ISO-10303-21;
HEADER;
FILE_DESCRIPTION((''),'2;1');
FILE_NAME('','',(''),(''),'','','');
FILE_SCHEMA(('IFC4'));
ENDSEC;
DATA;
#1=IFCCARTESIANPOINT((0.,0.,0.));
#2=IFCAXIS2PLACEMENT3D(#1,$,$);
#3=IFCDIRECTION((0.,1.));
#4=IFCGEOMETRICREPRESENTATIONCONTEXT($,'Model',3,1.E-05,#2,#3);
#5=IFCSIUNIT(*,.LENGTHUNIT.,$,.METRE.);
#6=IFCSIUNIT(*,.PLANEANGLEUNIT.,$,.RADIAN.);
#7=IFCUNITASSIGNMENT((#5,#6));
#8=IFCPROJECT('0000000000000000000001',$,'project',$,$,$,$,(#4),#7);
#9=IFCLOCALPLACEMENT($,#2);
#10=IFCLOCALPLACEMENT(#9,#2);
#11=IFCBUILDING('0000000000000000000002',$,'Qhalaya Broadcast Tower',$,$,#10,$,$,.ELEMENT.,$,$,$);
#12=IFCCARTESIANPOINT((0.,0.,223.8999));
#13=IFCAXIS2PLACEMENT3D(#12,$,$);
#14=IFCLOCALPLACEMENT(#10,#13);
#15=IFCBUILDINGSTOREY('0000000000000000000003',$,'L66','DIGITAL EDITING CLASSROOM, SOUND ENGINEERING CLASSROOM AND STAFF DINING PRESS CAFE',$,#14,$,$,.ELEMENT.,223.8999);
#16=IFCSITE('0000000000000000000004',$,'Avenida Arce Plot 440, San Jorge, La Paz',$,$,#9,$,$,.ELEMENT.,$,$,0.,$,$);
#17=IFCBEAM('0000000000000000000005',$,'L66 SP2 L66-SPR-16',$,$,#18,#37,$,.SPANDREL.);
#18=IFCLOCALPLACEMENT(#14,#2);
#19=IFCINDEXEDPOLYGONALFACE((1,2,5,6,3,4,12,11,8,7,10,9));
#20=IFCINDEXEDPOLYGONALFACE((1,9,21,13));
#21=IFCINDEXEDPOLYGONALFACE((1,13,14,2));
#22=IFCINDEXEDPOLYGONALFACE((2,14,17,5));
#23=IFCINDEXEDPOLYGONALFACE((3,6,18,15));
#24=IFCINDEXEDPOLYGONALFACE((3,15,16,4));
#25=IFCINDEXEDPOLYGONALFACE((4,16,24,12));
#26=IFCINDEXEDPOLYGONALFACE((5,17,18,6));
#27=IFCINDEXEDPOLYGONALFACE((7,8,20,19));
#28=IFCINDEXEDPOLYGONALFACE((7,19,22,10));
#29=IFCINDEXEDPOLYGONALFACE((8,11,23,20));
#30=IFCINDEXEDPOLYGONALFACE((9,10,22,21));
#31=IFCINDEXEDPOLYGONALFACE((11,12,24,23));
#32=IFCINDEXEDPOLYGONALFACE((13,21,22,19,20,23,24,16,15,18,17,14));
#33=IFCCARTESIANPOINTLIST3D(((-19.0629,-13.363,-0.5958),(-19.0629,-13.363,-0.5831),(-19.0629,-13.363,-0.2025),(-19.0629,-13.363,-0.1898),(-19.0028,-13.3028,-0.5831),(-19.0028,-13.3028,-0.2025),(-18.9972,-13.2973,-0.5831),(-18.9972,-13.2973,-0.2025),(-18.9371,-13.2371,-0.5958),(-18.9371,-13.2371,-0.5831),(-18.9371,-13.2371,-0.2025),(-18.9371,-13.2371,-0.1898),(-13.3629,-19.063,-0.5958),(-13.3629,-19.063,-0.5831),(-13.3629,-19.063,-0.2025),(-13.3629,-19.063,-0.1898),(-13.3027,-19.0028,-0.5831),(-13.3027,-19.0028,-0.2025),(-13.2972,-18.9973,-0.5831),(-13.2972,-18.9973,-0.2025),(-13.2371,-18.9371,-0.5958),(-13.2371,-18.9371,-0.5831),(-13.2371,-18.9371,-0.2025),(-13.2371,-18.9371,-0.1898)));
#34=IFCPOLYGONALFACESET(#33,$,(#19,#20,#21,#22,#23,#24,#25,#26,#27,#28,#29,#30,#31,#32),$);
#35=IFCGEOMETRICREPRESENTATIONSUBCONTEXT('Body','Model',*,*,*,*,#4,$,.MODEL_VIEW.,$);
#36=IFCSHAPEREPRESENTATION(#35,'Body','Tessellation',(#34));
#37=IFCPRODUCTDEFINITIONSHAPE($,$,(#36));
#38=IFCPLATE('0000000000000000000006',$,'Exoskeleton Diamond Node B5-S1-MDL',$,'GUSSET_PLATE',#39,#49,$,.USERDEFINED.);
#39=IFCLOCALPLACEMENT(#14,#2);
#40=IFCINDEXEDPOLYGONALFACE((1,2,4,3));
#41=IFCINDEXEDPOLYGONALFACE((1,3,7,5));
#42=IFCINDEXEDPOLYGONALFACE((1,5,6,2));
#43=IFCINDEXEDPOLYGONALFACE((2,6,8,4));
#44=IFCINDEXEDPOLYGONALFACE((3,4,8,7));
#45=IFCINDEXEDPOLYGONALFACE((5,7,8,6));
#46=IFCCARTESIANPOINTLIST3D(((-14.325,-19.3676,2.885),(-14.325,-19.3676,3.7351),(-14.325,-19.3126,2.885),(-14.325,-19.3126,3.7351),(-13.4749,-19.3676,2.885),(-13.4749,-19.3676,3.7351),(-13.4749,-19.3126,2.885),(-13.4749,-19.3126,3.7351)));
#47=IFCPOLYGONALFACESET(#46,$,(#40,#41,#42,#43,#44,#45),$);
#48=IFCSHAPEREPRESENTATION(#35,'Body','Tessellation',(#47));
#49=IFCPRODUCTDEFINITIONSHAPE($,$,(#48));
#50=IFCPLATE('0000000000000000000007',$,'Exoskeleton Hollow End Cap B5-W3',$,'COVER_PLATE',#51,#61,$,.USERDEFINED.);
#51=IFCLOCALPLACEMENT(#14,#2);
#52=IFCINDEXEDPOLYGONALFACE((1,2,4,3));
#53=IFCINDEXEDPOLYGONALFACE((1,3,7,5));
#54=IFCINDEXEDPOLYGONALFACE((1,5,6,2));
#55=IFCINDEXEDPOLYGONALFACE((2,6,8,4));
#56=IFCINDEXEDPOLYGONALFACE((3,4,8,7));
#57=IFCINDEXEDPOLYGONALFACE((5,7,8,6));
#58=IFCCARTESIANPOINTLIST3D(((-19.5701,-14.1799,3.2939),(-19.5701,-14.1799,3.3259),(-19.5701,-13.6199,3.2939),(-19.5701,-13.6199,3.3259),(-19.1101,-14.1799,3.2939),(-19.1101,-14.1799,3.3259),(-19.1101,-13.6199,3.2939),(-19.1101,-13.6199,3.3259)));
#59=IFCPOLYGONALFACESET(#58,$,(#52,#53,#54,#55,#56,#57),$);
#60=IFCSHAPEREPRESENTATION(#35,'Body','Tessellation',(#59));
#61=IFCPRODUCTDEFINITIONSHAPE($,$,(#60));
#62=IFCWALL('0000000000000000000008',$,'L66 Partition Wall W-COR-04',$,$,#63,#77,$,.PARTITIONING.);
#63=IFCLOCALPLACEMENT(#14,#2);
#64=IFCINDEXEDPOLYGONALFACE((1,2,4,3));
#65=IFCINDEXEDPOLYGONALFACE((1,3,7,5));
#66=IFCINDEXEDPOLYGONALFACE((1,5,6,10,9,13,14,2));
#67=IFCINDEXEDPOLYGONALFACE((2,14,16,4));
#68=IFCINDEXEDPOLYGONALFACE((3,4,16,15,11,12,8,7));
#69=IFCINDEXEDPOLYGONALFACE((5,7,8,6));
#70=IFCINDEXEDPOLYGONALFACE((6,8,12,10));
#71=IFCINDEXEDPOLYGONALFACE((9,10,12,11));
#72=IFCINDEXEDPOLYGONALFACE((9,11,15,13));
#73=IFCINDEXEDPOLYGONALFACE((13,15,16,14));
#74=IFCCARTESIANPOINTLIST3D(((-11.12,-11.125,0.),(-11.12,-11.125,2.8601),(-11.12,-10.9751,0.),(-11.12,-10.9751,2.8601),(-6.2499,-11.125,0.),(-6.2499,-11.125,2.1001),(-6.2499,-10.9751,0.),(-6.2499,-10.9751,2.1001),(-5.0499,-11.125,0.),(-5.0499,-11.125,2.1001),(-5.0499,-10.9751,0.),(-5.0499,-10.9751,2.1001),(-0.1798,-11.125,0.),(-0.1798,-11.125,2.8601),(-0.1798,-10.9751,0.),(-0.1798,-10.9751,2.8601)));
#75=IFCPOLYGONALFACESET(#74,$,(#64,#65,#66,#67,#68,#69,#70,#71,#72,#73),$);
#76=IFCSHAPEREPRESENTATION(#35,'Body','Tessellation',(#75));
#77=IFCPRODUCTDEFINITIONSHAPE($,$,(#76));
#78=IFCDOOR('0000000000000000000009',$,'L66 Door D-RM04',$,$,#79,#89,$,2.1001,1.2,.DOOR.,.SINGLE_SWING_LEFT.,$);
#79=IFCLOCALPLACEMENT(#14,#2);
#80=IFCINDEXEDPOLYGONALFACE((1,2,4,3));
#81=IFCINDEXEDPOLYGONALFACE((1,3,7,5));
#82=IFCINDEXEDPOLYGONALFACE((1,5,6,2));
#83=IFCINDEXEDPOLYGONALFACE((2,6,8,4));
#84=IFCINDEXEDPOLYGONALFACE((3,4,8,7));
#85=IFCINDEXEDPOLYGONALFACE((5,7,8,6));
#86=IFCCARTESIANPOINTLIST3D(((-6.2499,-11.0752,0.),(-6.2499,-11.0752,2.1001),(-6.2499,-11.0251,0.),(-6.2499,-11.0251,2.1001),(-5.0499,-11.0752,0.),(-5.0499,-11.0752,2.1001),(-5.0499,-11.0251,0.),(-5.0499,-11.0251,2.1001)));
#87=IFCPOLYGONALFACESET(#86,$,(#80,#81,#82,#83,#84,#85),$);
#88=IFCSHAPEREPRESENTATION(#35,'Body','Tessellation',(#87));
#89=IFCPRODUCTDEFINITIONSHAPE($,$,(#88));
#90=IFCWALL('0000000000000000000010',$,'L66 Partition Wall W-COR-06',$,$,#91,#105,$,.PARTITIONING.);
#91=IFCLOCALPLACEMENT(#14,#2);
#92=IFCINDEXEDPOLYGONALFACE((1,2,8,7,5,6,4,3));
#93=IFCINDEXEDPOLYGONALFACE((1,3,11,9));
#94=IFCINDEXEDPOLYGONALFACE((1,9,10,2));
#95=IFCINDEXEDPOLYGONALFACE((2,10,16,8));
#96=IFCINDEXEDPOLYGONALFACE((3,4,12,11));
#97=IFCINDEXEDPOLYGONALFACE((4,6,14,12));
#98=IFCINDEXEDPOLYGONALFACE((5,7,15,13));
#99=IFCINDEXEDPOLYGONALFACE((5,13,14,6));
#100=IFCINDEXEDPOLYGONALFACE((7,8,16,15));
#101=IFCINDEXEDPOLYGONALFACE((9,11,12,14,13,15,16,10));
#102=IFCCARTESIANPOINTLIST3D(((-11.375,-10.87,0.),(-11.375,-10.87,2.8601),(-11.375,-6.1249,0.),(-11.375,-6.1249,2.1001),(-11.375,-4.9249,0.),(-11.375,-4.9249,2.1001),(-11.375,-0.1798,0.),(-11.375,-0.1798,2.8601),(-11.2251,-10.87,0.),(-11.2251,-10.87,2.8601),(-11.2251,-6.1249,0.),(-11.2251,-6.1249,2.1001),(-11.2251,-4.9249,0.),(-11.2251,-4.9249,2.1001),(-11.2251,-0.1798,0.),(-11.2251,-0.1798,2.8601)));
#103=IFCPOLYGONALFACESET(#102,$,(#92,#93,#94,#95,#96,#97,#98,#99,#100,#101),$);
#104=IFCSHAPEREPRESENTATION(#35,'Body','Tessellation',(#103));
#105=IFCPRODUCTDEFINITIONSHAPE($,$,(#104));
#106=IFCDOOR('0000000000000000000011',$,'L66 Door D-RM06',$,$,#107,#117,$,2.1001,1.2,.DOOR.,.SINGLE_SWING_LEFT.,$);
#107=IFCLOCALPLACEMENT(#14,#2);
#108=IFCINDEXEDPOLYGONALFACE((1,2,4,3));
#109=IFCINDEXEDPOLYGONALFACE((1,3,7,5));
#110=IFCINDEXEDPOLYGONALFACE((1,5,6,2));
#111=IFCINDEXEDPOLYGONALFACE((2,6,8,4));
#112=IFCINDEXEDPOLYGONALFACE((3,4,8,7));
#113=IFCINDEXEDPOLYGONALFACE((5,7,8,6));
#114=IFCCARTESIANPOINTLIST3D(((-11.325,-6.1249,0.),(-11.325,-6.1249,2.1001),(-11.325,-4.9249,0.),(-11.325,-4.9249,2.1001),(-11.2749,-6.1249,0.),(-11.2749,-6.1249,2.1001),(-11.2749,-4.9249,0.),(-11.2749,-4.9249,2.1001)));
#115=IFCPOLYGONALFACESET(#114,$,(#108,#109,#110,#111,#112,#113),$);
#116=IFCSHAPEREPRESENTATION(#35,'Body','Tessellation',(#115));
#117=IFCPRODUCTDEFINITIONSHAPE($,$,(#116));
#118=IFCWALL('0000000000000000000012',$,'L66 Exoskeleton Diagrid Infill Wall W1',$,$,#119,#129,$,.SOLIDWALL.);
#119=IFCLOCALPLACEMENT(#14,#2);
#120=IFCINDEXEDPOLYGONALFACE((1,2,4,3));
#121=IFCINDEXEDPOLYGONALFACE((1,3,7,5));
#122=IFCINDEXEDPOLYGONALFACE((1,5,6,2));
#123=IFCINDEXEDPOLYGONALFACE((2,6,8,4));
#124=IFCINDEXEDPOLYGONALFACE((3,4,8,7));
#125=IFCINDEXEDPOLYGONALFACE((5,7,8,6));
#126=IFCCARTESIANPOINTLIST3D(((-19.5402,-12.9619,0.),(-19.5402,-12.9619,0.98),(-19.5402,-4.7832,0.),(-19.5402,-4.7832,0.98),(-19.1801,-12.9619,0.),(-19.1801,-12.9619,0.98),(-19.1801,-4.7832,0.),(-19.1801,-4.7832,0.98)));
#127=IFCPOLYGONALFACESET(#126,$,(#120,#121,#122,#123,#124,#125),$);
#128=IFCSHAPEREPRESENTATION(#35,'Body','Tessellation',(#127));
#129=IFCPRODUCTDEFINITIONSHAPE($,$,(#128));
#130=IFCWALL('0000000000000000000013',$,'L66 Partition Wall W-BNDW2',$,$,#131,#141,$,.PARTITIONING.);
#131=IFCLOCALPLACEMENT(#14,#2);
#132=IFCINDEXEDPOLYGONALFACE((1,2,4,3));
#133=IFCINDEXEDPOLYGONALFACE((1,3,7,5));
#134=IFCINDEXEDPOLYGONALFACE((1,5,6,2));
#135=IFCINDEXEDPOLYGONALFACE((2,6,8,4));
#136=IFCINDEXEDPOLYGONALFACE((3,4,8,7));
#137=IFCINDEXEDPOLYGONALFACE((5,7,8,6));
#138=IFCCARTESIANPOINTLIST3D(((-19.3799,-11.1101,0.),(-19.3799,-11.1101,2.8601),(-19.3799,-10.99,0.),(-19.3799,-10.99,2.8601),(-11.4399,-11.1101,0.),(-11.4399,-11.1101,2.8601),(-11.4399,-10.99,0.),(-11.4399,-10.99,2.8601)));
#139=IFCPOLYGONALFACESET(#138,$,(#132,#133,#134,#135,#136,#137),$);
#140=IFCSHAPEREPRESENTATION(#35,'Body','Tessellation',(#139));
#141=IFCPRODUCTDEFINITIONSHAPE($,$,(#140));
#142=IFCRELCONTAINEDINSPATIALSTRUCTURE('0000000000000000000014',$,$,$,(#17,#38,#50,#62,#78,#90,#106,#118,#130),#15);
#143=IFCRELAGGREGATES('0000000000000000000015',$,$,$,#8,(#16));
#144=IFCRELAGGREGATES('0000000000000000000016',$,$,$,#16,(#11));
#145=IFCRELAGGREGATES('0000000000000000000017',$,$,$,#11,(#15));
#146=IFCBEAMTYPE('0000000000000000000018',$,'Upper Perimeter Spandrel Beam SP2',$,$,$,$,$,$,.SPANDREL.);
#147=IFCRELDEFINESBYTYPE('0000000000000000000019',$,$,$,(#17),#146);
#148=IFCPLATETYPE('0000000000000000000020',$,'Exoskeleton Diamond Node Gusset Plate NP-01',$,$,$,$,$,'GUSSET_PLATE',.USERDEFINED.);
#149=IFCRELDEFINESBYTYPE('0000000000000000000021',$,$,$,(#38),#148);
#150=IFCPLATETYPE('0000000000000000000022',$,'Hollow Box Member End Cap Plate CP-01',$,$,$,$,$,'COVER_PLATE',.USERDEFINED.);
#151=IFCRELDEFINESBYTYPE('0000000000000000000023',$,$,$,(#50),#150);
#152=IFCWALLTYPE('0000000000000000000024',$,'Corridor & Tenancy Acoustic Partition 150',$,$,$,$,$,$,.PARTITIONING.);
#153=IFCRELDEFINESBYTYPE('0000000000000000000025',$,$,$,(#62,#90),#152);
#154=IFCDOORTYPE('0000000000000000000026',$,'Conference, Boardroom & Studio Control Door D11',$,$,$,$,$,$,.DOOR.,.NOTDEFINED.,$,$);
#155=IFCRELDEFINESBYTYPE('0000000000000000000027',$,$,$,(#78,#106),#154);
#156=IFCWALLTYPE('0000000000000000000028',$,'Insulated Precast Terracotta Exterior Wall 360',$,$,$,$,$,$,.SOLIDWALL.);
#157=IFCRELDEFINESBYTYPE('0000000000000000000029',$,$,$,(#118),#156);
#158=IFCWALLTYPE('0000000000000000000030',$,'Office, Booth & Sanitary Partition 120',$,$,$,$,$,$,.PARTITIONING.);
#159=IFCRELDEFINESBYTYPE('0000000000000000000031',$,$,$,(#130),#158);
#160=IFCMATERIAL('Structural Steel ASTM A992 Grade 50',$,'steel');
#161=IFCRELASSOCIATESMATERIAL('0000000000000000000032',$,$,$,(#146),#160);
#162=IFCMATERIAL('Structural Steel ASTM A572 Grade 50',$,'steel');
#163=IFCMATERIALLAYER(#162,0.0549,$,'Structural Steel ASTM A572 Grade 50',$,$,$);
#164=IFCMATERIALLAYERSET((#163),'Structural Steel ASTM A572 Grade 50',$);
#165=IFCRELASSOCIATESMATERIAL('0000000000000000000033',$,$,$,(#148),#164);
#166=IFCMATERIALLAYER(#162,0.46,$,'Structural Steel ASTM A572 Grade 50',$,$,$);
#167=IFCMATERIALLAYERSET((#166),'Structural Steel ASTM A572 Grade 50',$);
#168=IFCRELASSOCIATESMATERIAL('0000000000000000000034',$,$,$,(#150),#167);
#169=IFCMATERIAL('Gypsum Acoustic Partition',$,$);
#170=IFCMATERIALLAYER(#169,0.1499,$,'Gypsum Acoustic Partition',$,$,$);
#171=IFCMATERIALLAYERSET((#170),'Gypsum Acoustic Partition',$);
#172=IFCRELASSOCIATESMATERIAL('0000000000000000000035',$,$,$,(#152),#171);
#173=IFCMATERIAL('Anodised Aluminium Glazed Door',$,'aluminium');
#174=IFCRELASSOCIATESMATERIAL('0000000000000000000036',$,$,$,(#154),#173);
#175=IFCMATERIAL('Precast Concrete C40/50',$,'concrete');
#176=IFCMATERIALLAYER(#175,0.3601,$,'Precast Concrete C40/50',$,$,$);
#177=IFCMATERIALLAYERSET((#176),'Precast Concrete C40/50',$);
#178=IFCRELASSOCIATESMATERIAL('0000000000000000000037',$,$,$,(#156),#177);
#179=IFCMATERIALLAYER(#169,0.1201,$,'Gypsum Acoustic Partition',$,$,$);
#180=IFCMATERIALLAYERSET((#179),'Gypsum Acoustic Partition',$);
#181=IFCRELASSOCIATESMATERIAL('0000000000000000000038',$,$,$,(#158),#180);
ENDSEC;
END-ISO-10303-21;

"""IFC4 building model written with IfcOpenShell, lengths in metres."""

from ifc_helpers import new_model, si_unit, direction, frame, frame_2d, origin, origin_2d, place, context, subcontext, project, spatial, rectangle, i_section, extrude, material, layer, layer_set, material_profile, profile_set, type_object, element, fill, save


model = new_model("IFC4")

# Units and contexts
model_context = context("Model", 3, precision=1e-05, world=origin(), true_north=direction((0.0, 1.0)))
body_context = subcontext(model_context, "Body", "Model", "MODEL_VIEW")
ifc_project = project(units=[si_unit("LENGTHUNIT", "METRE"), si_unit("PLANEANGLEUNIT", "RADIAN")], contexts=[model_context])

# Site, building, storey
site_placement = place(None, origin())
site = spatial("IfcSite", under=ifc_project, at=site_placement, Name="Avenida Arce Plot 440, San Jorge, La Paz", CompositionType="ELEMENT", RefElevation=0.0)
building_placement = place(site_placement, origin())
building = spatial("IfcBuilding", under=site, at=building_placement, Name="Qhalaya Broadcast Tower", CompositionType="ELEMENT")
storey_placement = place(building_placement, frame((0.0, 0.0, 223.8999)))
storey = spatial("IfcBuildingStorey", under=building, at=storey_placement, Name="L66", Description="DIGITAL EDITING CLASSROOM, SOUND ENGINEERING CLASSROOM AND STAFF DINING PRESS CAFE", CompositionType="ELEMENT", Elevation=223.8999)

# Shared definitions
ifc_material_1 = material(Name="Structural Steel ASTM A572 Grade 50", Category="steel")

# Shared definitions
ifc_material_2 = material(Name="Structural Steel ASTM A992 Grade 50", Category="steel")

# Beam
ifc_material_profile_1 = material_profile(ifc_material_2, i_section(OverallWidth=0.178, OverallDepth=0.406, WebThickness=0.0078, FlangeThickness=0.0127, at=origin_2d()), Name="W16X40")
ifc_profile_set_1 = profile_set([ifc_material_profile_1], Name="Structural Steel ASTM A992 Grade 50")
beam_type_1 = type_object("IfcBeamType", Name="Upper Perimeter Spandrel Beam SP2", PredefinedType="SPANDREL", material=ifc_profile_set_1)
beam_1_placement = place(storey_placement, frame((-19.0, -13.3, -0.3928), z_axis=(0.707107, -0.707107, 0.0), x_axis=(0.707107, 0.707107, 0.0)))
element("IfcBeam", 1, at=beam_1_placement, inside=storey, type_object=beam_type_1, Name="L66 SP2 L66-SPR-16", PredefinedType="SPANDREL", context=body_context, shape_type="SweptSolid", body=[
    extrude(i_section(OverallWidth=0.178, OverallDepth=0.406, WebThickness=0.0078, FlangeThickness=0.0127, at=origin_2d()), origin(), (0.0, 0.0, 1.0), 8.061),
])

# Plates
ifc_layer_1 = layer(ifc_material_1, 0.0549, Name="Structural Steel ASTM A572 Grade 50")
ifc_layer_set_1 = layer_set([ifc_layer_1], Name="Structural Steel ASTM A572 Grade 50")
plate_type_1 = type_object("IfcPlateType", Name="Exoskeleton Diamond Node Gusset Plate NP-01", ElementType="GUSSET_PLATE", PredefinedType="USERDEFINED", material=ifc_layer_set_1)
plate_1_placement = place(storey_placement, frame((-13.8999, -19.3401, 2.885), z_axis=(0.0, 0.0, 1.0), x_axis=(1.0, 0.0, 0.0)))
element("IfcPlate", 2, at=plate_1_placement, inside=storey, type_object=plate_type_1, Name="Exoskeleton Diamond Node B5-S1-MDL", ObjectType="GUSSET_PLATE", PredefinedType="USERDEFINED", context=body_context, shape_type="SweptSolid", body=[
    extrude(rectangle(XDim=0.8501, YDim=0.0549, at=origin_2d()), origin(), (0.0, 0.0, 1.0), 0.8501),
])
ifc_layer_2 = layer(ifc_material_1, 0.46, Name="Structural Steel ASTM A572 Grade 50")
ifc_layer_set_2 = layer_set([ifc_layer_2], Name="Structural Steel ASTM A572 Grade 50")
plate_type_2 = type_object("IfcPlateType", Name="Hollow Box Member End Cap Plate CP-01", ElementType="COVER_PLATE", PredefinedType="USERDEFINED", material=ifc_layer_set_2)
plate_2_placement = place(storey_placement, frame((-19.3401, -13.8999, 3.2939), z_axis=(0.0, 0.0, 1.0), x_axis=(0.0, 1.0, 0.0)))
element("IfcPlate", 3, at=plate_2_placement, inside=storey, type_object=plate_type_2, Name="Exoskeleton Hollow End Cap B5-W3", ObjectType="COVER_PLATE", PredefinedType="USERDEFINED", context=body_context, shape_type="SweptSolid", body=[
    extrude(rectangle(XDim=0.5601, YDim=0.46, at=origin_2d()), origin(), (0.0, 0.0, 1.0), 0.032),
])

# Walls, openings, doors
ifc_material_3 = material(Name="Gypsum Acoustic Partition")
ifc_layer_3 = layer(ifc_material_3, 0.1499, Name="Gypsum Acoustic Partition")
ifc_layer_set_3 = layer_set([ifc_layer_3], Name="Gypsum Acoustic Partition")
wall_type_1 = type_object("IfcWallType", Name="Corridor & Tenancy Acoustic Partition 150", PredefinedType="PARTITIONING", material=ifc_layer_set_3)
wall_1_placement = place(storey_placement, frame((-11.1201, -11.05, 0.0), z_axis=(0.0, 0.0, 1.0), x_axis=(1.0, 0.0, 0.0)))
wall_1 = element("IfcWall", 4, at=wall_1_placement, inside=storey, type_object=wall_type_1, Name="L66 Partition Wall W-COR-04", PredefinedType="PARTITIONING", context=body_context, shape_type="SweptSolid", body=[
    extrude(rectangle(XDim=10.9402, YDim=0.1499, at=frame_2d((5.4702, 0.0))), origin(), (0.0, 0.0, 1.0), 2.8601),
])
opening_1_placement = place(wall_1_placement, frame((4.8701, 0.0, 0.0)))
opening_1 = element("IfcOpeningElement", 5, at=opening_1_placement, cuts=wall_1, PredefinedType="OPENING", context=body_context, shape_type="SweptSolid", body=[
    extrude(rectangle(XDim=1.2, YDim=2.1001, at=frame_2d((0.6001, 1.05))), frame((0.0, 0.0869, 0.0), z_axis=(0.0, -1.0, 0.0), x_axis=(1.0, 0.0, 0.0)), (0.0, 0.0, 1.0), 0.1738),
])
ifc_material_4 = material(Name="Anodised Aluminium Glazed Door", Category="aluminium")
door_type = type_object("IfcDoorType", Name="Conference, Boardroom & Studio Control Door D11", OperationType="NOTDEFINED", PredefinedType="DOOR", material=ifc_material_4)
door_1_placement = place(opening_1_placement, origin())
door_1 = element("IfcDoor", 6, at=door_1_placement, inside=storey, type_object=door_type, Name="L66 Door D-RM04", OperationType="SINGLE_SWING_LEFT", OverallHeight=2.1001, OverallWidth=1.2, PredefinedType="DOOR", context=body_context, shape_type="SweptSolid", body=[
    extrude(rectangle(XDim=1.2, YDim=2.1001, at=frame_2d((0.6001, 1.05))), frame((0.0, 0.0249, 0.0), z_axis=(0.0, -1.0, 0.0), x_axis=(1.0, 0.0, 0.0)), (0.0, 0.0, 1.0), 0.05),
])
fill(opening_1, door_1)
wall_2_placement = place(storey_placement, frame((-11.3, -10.8701, 0.0), z_axis=(0.0, 0.0, 1.0), x_axis=(0.0, 1.0, 0.0)))
wall_2 = element("IfcWall", 7, at=wall_2_placement, inside=storey, type_object=wall_type_1, Name="L66 Partition Wall W-COR-06", PredefinedType="PARTITIONING", context=body_context, shape_type="SweptSolid", body=[
    extrude(rectangle(XDim=10.6902, YDim=0.1499, at=frame_2d((5.3452, 0.0))), origin(), (0.0, 0.0, 1.0), 2.8601),
])
opening_2_placement = place(wall_2_placement, frame((4.7451, 0.0, 0.0)))
opening_2 = element("IfcOpeningElement", 8, at=opening_2_placement, cuts=wall_2, PredefinedType="OPENING", context=body_context, shape_type="SweptSolid", body=[
    extrude(rectangle(XDim=1.2, YDim=2.1001, at=frame_2d((0.6001, 1.05))), frame((0.0, 0.0869, 0.0), z_axis=(0.0, -1.0, 0.0), x_axis=(1.0, 0.0, 0.0)), (0.0, 0.0, 1.0), 0.1738),
])
door_2_placement = place(opening_2_placement, origin())
door_2 = element("IfcDoor", 9, at=door_2_placement, inside=storey, type_object=door_type, Name="L66 Door D-RM06", OperationType="SINGLE_SWING_LEFT", OverallHeight=2.1001, OverallWidth=1.2, PredefinedType="DOOR", context=body_context, shape_type="SweptSolid", body=[
    extrude(rectangle(XDim=1.2, YDim=2.1001, at=frame_2d((0.6001, 1.05))), frame((0.0, 0.0249, 0.0), z_axis=(0.0, -1.0, 0.0), x_axis=(1.0, 0.0, 0.0)), (0.0, 0.0, 1.0), 0.05),
])
fill(opening_2, door_2)

# Walls
ifc_material_5 = material(Name="Precast Concrete C40/50", Category="concrete")
ifc_layer_4 = layer(ifc_material_5, 0.3601, Name="Precast Concrete C40/50")
ifc_layer_set_4 = layer_set([ifc_layer_4], Name="Precast Concrete C40/50")
wall_type_2 = type_object("IfcWallType", Name="Insulated Precast Terracotta Exterior Wall 360", PredefinedType="SOLIDWALL", material=ifc_layer_set_4)
wall_3_placement = place(storey_placement, frame((-19.3601, -12.9619, 0.0), z_axis=(0.0, 0.0, 1.0), x_axis=(0.0, 1.0, 0.0)))
element("IfcWall", 10, at=wall_3_placement, inside=storey, type_object=wall_type_2, Name="L66 Exoskeleton Diagrid Infill Wall W1", PredefinedType="SOLIDWALL", context=body_context, shape_type="SweptSolid", body=[
    extrude(rectangle(XDim=8.1787, YDim=0.3601, at=frame_2d((4.0894, 0.0))), origin(), (0.0, 0.0, 1.0), 0.98),
])
ifc_layer_5 = layer(ifc_material_3, 0.1201, Name="Gypsum Acoustic Partition")
ifc_layer_set_5 = layer_set([ifc_layer_5], Name="Gypsum Acoustic Partition")
wall_type_3 = type_object("IfcWallType", Name="Office, Booth & Sanitary Partition 120", PredefinedType="PARTITIONING", material=ifc_layer_set_5)
wall_4_placement = place(storey_placement, frame((-19.3799, -11.05, 0.0), z_axis=(0.0, 0.0, 1.0), x_axis=(1.0, 0.0, 0.0)))
element("IfcWall", 11, at=wall_4_placement, inside=storey, type_object=wall_type_3, Name="L66 Partition Wall W-BNDW2", PredefinedType="PARTITIONING", context=body_context, shape_type="SweptSolid", body=[
    extrude(rectangle(XDim=7.9399, YDim=0.1201, at=frame_2d((3.97, 0.0))), origin(), (0.0, 0.0, 1.0), 2.8601),
])

save(model, "model.ifc")
